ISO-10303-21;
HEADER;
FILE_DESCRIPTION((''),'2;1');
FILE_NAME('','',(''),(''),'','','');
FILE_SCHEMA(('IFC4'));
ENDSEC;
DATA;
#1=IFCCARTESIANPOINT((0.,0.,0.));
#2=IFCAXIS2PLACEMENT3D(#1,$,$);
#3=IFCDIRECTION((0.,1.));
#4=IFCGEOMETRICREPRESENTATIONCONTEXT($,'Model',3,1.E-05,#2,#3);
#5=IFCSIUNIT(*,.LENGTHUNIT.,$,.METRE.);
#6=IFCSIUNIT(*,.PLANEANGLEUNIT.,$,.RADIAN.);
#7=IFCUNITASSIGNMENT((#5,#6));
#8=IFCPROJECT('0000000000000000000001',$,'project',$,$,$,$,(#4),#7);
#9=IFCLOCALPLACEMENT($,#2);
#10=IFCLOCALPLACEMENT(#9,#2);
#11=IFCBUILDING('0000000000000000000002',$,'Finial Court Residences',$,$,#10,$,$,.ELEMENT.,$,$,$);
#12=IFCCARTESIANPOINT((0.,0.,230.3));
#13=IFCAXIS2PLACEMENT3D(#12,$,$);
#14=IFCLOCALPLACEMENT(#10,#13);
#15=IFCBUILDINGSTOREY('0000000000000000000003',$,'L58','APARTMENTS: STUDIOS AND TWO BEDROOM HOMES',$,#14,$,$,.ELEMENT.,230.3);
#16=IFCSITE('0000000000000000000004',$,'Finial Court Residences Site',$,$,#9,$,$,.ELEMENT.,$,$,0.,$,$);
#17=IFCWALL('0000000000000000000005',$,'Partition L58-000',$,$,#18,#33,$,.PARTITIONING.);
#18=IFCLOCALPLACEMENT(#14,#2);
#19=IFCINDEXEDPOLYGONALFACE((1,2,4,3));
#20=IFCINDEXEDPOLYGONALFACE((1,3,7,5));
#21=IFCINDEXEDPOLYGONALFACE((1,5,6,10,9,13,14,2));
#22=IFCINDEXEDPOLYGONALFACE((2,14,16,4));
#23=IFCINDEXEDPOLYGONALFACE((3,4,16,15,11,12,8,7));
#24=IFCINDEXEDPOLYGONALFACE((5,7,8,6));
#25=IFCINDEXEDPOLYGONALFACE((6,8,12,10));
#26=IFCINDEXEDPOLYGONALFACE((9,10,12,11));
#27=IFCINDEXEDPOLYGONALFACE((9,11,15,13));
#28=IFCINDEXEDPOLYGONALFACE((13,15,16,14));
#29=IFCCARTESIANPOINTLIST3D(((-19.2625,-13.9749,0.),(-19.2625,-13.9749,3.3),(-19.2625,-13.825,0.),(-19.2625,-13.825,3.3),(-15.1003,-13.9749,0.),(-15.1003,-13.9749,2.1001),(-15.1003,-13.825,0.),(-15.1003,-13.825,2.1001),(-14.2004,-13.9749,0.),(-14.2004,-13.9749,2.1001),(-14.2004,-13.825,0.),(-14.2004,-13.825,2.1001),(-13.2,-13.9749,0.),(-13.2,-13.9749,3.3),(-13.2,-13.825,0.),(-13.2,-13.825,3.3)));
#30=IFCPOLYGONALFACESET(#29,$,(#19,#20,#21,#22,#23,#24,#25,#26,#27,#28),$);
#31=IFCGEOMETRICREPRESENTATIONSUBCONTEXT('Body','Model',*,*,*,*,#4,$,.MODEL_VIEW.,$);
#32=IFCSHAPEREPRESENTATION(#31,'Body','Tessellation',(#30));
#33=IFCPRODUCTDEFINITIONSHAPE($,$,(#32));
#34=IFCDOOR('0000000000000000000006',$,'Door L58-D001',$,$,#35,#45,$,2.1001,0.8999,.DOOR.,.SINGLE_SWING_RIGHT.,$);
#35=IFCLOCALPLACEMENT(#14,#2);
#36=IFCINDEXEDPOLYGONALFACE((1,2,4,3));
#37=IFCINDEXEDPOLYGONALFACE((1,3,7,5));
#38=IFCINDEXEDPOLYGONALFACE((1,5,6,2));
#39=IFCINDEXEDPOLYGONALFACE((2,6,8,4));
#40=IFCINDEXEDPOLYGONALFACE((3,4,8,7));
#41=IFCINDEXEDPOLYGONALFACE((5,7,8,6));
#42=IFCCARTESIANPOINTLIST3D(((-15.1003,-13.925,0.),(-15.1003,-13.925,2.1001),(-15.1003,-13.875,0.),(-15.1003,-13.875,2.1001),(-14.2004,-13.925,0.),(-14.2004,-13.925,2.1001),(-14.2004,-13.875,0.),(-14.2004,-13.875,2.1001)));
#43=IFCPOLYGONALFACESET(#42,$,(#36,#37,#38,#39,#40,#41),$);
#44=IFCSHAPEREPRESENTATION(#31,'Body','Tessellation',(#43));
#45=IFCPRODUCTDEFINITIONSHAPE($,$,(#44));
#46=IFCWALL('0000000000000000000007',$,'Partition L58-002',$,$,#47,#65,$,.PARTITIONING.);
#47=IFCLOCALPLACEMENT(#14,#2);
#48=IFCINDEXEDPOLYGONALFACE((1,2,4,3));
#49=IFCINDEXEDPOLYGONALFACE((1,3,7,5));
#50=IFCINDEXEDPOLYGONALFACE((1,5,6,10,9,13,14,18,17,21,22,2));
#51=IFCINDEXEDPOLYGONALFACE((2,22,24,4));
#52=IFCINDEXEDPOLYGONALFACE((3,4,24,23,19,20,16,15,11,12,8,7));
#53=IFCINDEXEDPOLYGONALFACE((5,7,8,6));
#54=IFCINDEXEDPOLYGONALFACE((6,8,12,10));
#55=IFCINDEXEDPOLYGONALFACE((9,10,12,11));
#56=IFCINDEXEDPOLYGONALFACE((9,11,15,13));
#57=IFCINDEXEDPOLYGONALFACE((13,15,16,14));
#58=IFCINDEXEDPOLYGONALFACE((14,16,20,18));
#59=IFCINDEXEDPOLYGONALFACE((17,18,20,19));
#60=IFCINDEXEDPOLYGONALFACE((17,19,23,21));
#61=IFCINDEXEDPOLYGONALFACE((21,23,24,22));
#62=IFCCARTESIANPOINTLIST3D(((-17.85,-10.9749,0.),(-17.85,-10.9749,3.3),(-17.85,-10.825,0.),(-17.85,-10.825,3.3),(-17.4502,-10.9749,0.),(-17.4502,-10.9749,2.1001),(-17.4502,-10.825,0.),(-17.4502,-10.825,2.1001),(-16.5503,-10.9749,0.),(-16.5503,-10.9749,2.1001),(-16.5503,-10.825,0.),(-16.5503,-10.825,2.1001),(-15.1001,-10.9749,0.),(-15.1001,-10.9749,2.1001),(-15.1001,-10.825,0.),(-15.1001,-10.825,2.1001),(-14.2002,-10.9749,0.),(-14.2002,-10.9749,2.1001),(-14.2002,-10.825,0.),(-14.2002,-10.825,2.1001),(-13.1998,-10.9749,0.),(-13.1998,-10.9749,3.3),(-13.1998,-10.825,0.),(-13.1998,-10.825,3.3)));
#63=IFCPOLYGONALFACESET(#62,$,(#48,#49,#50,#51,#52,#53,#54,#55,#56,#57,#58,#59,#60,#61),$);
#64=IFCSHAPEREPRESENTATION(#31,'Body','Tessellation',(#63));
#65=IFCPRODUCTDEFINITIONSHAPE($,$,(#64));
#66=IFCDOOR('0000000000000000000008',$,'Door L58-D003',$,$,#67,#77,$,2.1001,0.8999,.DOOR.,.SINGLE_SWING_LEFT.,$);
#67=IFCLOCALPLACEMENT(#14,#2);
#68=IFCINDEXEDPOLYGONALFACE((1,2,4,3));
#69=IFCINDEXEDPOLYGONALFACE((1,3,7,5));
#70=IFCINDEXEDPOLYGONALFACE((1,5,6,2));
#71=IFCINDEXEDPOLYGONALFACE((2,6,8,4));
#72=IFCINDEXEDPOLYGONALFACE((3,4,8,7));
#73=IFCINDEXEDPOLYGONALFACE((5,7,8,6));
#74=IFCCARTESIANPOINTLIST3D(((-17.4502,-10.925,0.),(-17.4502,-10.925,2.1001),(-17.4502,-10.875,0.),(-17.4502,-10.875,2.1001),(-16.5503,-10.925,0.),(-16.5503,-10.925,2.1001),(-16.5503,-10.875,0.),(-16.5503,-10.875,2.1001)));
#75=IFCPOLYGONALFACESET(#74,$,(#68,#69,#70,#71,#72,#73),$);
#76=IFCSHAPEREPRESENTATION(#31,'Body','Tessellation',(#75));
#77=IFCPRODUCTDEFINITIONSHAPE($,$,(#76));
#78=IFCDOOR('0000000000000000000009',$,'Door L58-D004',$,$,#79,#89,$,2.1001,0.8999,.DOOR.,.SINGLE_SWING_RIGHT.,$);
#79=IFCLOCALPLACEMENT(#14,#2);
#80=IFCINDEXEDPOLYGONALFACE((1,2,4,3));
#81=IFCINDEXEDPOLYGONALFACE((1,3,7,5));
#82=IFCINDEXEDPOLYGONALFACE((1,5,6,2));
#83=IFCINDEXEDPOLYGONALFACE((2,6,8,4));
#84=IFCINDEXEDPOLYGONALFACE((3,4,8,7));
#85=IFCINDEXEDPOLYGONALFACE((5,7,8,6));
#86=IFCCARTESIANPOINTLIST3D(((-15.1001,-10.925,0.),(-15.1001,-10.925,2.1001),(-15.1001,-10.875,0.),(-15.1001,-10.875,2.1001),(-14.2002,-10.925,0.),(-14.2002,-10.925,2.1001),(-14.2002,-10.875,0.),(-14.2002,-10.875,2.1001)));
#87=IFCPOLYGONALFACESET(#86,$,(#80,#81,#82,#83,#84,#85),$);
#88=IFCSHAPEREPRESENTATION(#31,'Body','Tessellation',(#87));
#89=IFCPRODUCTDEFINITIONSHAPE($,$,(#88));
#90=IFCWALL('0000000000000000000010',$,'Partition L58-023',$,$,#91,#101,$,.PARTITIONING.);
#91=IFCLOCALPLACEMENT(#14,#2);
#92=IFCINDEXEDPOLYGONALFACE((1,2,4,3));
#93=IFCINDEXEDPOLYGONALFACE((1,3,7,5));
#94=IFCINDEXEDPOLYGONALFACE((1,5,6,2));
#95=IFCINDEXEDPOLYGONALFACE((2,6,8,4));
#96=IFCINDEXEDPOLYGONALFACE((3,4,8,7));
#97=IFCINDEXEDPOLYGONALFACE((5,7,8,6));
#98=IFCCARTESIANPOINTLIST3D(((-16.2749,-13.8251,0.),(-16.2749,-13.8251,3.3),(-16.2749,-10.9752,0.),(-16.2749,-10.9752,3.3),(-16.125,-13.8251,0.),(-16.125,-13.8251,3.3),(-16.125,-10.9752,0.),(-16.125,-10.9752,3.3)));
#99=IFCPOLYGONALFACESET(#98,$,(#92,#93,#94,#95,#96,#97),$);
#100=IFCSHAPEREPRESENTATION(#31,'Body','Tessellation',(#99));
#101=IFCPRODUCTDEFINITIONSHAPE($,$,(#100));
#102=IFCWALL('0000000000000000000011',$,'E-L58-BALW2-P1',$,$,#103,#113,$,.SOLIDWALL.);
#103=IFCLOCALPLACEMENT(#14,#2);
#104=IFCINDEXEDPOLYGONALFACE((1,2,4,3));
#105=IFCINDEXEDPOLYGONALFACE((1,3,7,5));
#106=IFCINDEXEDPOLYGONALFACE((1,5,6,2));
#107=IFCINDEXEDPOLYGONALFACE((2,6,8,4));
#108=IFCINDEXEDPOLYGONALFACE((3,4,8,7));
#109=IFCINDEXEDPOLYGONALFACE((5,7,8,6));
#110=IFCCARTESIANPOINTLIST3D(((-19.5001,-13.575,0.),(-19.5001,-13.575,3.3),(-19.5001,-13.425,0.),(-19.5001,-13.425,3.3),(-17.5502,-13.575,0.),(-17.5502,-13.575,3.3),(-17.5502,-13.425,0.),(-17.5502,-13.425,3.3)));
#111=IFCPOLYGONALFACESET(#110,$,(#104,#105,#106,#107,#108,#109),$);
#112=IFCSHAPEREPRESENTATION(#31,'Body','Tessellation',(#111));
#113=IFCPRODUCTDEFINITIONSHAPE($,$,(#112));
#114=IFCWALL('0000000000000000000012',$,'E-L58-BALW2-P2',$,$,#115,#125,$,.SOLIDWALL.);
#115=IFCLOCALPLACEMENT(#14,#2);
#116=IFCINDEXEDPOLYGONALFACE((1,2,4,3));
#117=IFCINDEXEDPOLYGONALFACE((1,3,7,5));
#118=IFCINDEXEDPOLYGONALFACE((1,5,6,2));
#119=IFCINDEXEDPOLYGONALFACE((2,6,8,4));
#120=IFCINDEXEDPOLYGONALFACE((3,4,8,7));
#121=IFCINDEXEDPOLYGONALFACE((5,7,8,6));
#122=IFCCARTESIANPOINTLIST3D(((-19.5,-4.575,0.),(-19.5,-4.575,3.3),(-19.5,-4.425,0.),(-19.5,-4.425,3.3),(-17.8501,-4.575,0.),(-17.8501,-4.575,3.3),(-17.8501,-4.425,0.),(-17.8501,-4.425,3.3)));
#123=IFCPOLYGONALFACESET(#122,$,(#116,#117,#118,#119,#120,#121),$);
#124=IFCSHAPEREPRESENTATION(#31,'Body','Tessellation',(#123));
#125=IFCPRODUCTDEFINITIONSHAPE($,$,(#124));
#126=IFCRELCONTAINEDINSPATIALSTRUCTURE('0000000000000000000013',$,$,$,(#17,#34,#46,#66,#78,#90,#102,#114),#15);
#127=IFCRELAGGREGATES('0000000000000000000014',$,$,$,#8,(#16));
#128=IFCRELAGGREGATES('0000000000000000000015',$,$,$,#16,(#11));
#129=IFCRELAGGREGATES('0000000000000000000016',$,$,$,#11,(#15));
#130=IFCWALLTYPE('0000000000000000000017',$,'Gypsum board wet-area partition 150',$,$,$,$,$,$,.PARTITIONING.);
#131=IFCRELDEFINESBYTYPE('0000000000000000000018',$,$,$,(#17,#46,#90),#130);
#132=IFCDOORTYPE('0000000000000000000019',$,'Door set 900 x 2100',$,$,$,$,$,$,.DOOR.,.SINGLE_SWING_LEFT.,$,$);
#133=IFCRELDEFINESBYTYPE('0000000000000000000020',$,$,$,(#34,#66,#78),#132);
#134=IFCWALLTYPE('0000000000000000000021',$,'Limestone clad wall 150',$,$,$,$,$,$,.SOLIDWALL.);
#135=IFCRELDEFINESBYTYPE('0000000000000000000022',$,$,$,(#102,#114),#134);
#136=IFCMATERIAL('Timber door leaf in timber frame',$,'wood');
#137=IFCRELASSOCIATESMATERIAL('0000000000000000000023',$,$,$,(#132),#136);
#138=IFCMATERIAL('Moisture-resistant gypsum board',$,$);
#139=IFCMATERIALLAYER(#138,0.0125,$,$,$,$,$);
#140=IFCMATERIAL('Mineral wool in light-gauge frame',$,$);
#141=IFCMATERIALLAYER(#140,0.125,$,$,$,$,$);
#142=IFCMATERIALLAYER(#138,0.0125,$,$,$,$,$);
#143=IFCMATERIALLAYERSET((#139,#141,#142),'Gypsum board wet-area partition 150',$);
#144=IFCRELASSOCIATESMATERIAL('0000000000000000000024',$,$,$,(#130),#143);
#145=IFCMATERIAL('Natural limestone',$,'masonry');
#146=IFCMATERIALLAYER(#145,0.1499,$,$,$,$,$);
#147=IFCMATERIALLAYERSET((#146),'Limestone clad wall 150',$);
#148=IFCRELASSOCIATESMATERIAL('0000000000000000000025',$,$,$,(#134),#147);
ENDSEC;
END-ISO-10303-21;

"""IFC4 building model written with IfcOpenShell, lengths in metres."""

from ifc_helpers import new_model, si_unit, direction, frame, frame_2d, origin, place, context, subcontext, project, spatial, rectangle, extrude, material, layer, layer_set, type_object, element, fill, save


model = new_model("IFC4")

# Units and contexts
model_context = context("Model", 3, precision=1e-05, world=origin(), true_north=direction((0.0, 1.0)))
body_context = subcontext(model_context, "Body", "Model", "MODEL_VIEW")
ifc_project = project(units=[si_unit("LENGTHUNIT", "METRE"), si_unit("PLANEANGLEUNIT", "RADIAN")], contexts=[model_context])

# Site, building, storey
site_placement = place(None, origin())
site = spatial("IfcSite", under=ifc_project, at=site_placement, Name="Finial Court Residences Site", CompositionType="ELEMENT", RefElevation=0.0)
building_placement = place(site_placement, origin())
building = spatial("IfcBuilding", under=site, at=building_placement, Name="Finial Court Residences", CompositionType="ELEMENT")
storey_placement = place(building_placement, frame((0.0, 0.0, 230.3)))
storey = spatial("IfcBuildingStorey", under=building, at=storey_placement, Name="L58", Description="APARTMENTS: STUDIOS AND TWO BEDROOM HOMES", CompositionType="ELEMENT", Elevation=230.3)

# Wall, opening, door
ifc_material_1 = material(Name="Mineral wool in light-gauge frame")
ifc_material_2 = material(Name="Timber door leaf in timber frame", Category="wood")
door_type_1 = type_object("IfcDoorType", Name="Door set 900 x 2100", OperationType="SINGLE_SWING_LEFT", PredefinedType="DOOR", material=ifc_material_2)
ifc_material_3 = material(Name="Moisture-resistant gypsum board")
ifc_layer_1 = layer(ifc_material_3, 0.0125)
ifc_layer_2 = layer(ifc_material_1, 0.125)
ifc_layer_3 = layer(ifc_material_3, 0.0125)
ifc_layer_set_1 = layer_set([ifc_layer_1, ifc_layer_2, ifc_layer_3], Name="Gypsum board wet-area partition 150")
wall_type_1 = type_object("IfcWallType", Name="Gypsum board wet-area partition 150", PredefinedType="PARTITIONING", material=ifc_layer_set_1)
wall_1_placement = place(storey_placement, frame((-19.2625, -13.8999, 0.0), z_axis=(0.0, 0.0, 1.0), x_axis=(1.0, 0.0, 0.0)))
wall_1 = element("IfcWall", 1, at=wall_1_placement, inside=storey, type_object=wall_type_1, Name="Partition L58-000", PredefinedType="PARTITIONING", context=body_context, shape_type="SweptSolid", body=[
    extrude(rectangle(XDim=6.0625, YDim=0.1499, at=frame_2d((3.0312, 0.0))), origin(), (0.0, 0.0, 1.0), 3.3),
])
opening_1_placement = place(wall_1_placement, frame((4.1621, 0.0, 0.0)))
opening_1 = element("IfcOpeningElement", 2, at=opening_1_placement, cuts=wall_1, PredefinedType="OPENING", context=body_context, shape_type="SweptSolid", body=[
    extrude(rectangle(XDim=0.8999, YDim=2.1001, at=frame_2d((0.45, 1.05))), frame((0.0, 0.085, 0.0), z_axis=(0.0, -1.0, 0.0), x_axis=(1.0, 0.0, 0.0)), (0.0, 0.0, 1.0), 0.1699),
])
door_1_placement = place(opening_1_placement, origin())
door_1 = element("IfcDoor", 3, at=door_1_placement, inside=storey, type_object=door_type_1, Name="Door L58-D001", OperationType="SINGLE_SWING_RIGHT", OverallHeight=2.1001, OverallWidth=0.8999, PredefinedType="DOOR", context=body_context, shape_type="SweptSolid", body=[
    extrude(rectangle(XDim=0.8999, YDim=2.1001, at=frame_2d((0.45, 1.05))), frame((0.0, 0.0249, 0.0), z_axis=(0.0, -1.0, 0.0), x_axis=(1.0, 0.0, 0.0)), (0.0, 0.0, 1.0), 0.05),
])
fill(opening_1, door_1)

# Wall, openings, doors
wall_2_placement = place(storey_placement, frame((-17.8501, -10.8999, 0.0), z_axis=(0.0, 0.0, 1.0), x_axis=(1.0, 0.0, 0.0)))
wall_2 = element("IfcWall", 4, at=wall_2_placement, inside=storey, type_object=wall_type_1, Name="Partition L58-002", PredefinedType="PARTITIONING", context=body_context, shape_type="SweptSolid", body=[
    extrude(rectangle(XDim=4.6501, YDim=0.1499, at=frame_2d((2.3252, 0.0))), origin(), (0.0, 0.0, 1.0), 3.3),
])
opening_2_placement = place(wall_2_placement, frame((0.3999, 0.0, 0.0)))
opening_2 = element("IfcOpeningElement", 5, at=opening_2_placement, cuts=wall_2, PredefinedType="OPENING", context=body_context, shape_type="SweptSolid", body=[
    extrude(rectangle(XDim=0.8999, YDim=2.1001, at=frame_2d((0.45, 1.05))), frame((0.0, 0.085, 0.0), z_axis=(0.0, -1.0, 0.0), x_axis=(1.0, 0.0, 0.0)), (0.0, 0.0, 1.0), 0.1699),
])
opening_3_placement = place(wall_2_placement, frame((2.75, 0.0, 0.0)))
opening_3 = element("IfcOpeningElement", 6, at=opening_3_placement, cuts=wall_2, PredefinedType="OPENING", context=body_context, shape_type="SweptSolid", body=[
    extrude(rectangle(XDim=0.8999, YDim=2.1001, at=frame_2d((0.45, 1.05))), frame((0.0, 0.085, 0.0), z_axis=(0.0, -1.0, 0.0), x_axis=(1.0, 0.0, 0.0)), (0.0, 0.0, 1.0), 0.1699),
])
door_2_placement = place(opening_2_placement, origin())
door_2 = element("IfcDoor", 7, at=door_2_placement, inside=storey, type_object=door_type_1, Name="Door L58-D003", OperationType="SINGLE_SWING_LEFT", OverallHeight=2.1001, OverallWidth=0.8999, PredefinedType="DOOR", context=body_context, shape_type="SweptSolid", body=[
    extrude(rectangle(XDim=0.8999, YDim=2.1001, at=frame_2d((0.45, 1.05))), frame((0.0, 0.0249, 0.0), z_axis=(0.0, -1.0, 0.0), x_axis=(1.0, 0.0, 0.0)), (0.0, 0.0, 1.0), 0.05),
])
fill(opening_2, door_2)
door_3_placement = place(opening_3_placement, origin())
door_3 = element("IfcDoor", 8, at=door_3_placement, inside=storey, type_object=door_type_1, Name="Door L58-D004", OperationType="SINGLE_SWING_RIGHT", OverallHeight=2.1001, OverallWidth=0.8999, PredefinedType="DOOR", context=body_context, shape_type="SweptSolid", body=[
    extrude(rectangle(XDim=0.8999, YDim=2.1001, at=frame_2d((0.45, 1.05))), frame((0.0, 0.0249, 0.0), z_axis=(0.0, -1.0, 0.0), x_axis=(1.0, 0.0, 0.0)), (0.0, 0.0, 1.0), 0.05),
])
fill(opening_3, door_3)

# Walls
wall_3_placement = place(storey_placement, frame((-16.2, -13.825, 0.0), z_axis=(0.0, 0.0, 1.0), x_axis=(0.0, 1.0, 0.0)))
element("IfcWall", 9, at=wall_3_placement, inside=storey, type_object=wall_type_1, Name="Partition L58-023", PredefinedType="PARTITIONING", context=body_context, shape_type="SweptSolid", body=[
    extrude(rectangle(XDim=2.8499, YDim=0.1499, at=frame_2d((1.4248, 0.0))), origin(), (0.0, 0.0, 1.0), 3.3),
])
ifc_material_4 = material(Name="Natural limestone", Category="masonry")
ifc_layer_4 = layer(ifc_material_4, 0.1499)
ifc_layer_set_2 = layer_set([ifc_layer_4], Name="Limestone clad wall 150")
wall_type_2 = type_object("IfcWallType", Name="Limestone clad wall 150", PredefinedType="SOLIDWALL", material=ifc_layer_set_2)
wall_4_placement = place(storey_placement, frame((-17.55, -13.5, 0.0), z_axis=(0.0, 0.0, 1.0), x_axis=(-1.0, 0.0, 0.0)))
element("IfcWall", 10, at=wall_4_placement, inside=storey, type_object=wall_type_2, Name="E-L58-BALW2-P1", PredefinedType="SOLIDWALL", context=body_context, shape_type="SweptSolid", body=[
    extrude(rectangle(XDim=1.95, YDim=0.1499, at=frame_2d((0.9751, 0.0))), origin(), (0.0, 0.0, 1.0), 3.3),
])
wall_5_placement = place(storey_placement, frame((-17.8501, -4.5, 0.0), z_axis=(0.0, 0.0, 1.0), x_axis=(-1.0, 0.0, 0.0)))
element("IfcWall", 11, at=wall_5_placement, inside=storey, type_object=wall_type_2, Name="E-L58-BALW2-P2", PredefinedType="SOLIDWALL", context=body_context, shape_type="SweptSolid", body=[
    extrude(rectangle(XDim=1.6499, YDim=0.1499, at=frame_2d((0.825, 0.0))), origin(), (0.0, 0.0, 1.0), 3.3),
])

save(model, "model.ifc")
